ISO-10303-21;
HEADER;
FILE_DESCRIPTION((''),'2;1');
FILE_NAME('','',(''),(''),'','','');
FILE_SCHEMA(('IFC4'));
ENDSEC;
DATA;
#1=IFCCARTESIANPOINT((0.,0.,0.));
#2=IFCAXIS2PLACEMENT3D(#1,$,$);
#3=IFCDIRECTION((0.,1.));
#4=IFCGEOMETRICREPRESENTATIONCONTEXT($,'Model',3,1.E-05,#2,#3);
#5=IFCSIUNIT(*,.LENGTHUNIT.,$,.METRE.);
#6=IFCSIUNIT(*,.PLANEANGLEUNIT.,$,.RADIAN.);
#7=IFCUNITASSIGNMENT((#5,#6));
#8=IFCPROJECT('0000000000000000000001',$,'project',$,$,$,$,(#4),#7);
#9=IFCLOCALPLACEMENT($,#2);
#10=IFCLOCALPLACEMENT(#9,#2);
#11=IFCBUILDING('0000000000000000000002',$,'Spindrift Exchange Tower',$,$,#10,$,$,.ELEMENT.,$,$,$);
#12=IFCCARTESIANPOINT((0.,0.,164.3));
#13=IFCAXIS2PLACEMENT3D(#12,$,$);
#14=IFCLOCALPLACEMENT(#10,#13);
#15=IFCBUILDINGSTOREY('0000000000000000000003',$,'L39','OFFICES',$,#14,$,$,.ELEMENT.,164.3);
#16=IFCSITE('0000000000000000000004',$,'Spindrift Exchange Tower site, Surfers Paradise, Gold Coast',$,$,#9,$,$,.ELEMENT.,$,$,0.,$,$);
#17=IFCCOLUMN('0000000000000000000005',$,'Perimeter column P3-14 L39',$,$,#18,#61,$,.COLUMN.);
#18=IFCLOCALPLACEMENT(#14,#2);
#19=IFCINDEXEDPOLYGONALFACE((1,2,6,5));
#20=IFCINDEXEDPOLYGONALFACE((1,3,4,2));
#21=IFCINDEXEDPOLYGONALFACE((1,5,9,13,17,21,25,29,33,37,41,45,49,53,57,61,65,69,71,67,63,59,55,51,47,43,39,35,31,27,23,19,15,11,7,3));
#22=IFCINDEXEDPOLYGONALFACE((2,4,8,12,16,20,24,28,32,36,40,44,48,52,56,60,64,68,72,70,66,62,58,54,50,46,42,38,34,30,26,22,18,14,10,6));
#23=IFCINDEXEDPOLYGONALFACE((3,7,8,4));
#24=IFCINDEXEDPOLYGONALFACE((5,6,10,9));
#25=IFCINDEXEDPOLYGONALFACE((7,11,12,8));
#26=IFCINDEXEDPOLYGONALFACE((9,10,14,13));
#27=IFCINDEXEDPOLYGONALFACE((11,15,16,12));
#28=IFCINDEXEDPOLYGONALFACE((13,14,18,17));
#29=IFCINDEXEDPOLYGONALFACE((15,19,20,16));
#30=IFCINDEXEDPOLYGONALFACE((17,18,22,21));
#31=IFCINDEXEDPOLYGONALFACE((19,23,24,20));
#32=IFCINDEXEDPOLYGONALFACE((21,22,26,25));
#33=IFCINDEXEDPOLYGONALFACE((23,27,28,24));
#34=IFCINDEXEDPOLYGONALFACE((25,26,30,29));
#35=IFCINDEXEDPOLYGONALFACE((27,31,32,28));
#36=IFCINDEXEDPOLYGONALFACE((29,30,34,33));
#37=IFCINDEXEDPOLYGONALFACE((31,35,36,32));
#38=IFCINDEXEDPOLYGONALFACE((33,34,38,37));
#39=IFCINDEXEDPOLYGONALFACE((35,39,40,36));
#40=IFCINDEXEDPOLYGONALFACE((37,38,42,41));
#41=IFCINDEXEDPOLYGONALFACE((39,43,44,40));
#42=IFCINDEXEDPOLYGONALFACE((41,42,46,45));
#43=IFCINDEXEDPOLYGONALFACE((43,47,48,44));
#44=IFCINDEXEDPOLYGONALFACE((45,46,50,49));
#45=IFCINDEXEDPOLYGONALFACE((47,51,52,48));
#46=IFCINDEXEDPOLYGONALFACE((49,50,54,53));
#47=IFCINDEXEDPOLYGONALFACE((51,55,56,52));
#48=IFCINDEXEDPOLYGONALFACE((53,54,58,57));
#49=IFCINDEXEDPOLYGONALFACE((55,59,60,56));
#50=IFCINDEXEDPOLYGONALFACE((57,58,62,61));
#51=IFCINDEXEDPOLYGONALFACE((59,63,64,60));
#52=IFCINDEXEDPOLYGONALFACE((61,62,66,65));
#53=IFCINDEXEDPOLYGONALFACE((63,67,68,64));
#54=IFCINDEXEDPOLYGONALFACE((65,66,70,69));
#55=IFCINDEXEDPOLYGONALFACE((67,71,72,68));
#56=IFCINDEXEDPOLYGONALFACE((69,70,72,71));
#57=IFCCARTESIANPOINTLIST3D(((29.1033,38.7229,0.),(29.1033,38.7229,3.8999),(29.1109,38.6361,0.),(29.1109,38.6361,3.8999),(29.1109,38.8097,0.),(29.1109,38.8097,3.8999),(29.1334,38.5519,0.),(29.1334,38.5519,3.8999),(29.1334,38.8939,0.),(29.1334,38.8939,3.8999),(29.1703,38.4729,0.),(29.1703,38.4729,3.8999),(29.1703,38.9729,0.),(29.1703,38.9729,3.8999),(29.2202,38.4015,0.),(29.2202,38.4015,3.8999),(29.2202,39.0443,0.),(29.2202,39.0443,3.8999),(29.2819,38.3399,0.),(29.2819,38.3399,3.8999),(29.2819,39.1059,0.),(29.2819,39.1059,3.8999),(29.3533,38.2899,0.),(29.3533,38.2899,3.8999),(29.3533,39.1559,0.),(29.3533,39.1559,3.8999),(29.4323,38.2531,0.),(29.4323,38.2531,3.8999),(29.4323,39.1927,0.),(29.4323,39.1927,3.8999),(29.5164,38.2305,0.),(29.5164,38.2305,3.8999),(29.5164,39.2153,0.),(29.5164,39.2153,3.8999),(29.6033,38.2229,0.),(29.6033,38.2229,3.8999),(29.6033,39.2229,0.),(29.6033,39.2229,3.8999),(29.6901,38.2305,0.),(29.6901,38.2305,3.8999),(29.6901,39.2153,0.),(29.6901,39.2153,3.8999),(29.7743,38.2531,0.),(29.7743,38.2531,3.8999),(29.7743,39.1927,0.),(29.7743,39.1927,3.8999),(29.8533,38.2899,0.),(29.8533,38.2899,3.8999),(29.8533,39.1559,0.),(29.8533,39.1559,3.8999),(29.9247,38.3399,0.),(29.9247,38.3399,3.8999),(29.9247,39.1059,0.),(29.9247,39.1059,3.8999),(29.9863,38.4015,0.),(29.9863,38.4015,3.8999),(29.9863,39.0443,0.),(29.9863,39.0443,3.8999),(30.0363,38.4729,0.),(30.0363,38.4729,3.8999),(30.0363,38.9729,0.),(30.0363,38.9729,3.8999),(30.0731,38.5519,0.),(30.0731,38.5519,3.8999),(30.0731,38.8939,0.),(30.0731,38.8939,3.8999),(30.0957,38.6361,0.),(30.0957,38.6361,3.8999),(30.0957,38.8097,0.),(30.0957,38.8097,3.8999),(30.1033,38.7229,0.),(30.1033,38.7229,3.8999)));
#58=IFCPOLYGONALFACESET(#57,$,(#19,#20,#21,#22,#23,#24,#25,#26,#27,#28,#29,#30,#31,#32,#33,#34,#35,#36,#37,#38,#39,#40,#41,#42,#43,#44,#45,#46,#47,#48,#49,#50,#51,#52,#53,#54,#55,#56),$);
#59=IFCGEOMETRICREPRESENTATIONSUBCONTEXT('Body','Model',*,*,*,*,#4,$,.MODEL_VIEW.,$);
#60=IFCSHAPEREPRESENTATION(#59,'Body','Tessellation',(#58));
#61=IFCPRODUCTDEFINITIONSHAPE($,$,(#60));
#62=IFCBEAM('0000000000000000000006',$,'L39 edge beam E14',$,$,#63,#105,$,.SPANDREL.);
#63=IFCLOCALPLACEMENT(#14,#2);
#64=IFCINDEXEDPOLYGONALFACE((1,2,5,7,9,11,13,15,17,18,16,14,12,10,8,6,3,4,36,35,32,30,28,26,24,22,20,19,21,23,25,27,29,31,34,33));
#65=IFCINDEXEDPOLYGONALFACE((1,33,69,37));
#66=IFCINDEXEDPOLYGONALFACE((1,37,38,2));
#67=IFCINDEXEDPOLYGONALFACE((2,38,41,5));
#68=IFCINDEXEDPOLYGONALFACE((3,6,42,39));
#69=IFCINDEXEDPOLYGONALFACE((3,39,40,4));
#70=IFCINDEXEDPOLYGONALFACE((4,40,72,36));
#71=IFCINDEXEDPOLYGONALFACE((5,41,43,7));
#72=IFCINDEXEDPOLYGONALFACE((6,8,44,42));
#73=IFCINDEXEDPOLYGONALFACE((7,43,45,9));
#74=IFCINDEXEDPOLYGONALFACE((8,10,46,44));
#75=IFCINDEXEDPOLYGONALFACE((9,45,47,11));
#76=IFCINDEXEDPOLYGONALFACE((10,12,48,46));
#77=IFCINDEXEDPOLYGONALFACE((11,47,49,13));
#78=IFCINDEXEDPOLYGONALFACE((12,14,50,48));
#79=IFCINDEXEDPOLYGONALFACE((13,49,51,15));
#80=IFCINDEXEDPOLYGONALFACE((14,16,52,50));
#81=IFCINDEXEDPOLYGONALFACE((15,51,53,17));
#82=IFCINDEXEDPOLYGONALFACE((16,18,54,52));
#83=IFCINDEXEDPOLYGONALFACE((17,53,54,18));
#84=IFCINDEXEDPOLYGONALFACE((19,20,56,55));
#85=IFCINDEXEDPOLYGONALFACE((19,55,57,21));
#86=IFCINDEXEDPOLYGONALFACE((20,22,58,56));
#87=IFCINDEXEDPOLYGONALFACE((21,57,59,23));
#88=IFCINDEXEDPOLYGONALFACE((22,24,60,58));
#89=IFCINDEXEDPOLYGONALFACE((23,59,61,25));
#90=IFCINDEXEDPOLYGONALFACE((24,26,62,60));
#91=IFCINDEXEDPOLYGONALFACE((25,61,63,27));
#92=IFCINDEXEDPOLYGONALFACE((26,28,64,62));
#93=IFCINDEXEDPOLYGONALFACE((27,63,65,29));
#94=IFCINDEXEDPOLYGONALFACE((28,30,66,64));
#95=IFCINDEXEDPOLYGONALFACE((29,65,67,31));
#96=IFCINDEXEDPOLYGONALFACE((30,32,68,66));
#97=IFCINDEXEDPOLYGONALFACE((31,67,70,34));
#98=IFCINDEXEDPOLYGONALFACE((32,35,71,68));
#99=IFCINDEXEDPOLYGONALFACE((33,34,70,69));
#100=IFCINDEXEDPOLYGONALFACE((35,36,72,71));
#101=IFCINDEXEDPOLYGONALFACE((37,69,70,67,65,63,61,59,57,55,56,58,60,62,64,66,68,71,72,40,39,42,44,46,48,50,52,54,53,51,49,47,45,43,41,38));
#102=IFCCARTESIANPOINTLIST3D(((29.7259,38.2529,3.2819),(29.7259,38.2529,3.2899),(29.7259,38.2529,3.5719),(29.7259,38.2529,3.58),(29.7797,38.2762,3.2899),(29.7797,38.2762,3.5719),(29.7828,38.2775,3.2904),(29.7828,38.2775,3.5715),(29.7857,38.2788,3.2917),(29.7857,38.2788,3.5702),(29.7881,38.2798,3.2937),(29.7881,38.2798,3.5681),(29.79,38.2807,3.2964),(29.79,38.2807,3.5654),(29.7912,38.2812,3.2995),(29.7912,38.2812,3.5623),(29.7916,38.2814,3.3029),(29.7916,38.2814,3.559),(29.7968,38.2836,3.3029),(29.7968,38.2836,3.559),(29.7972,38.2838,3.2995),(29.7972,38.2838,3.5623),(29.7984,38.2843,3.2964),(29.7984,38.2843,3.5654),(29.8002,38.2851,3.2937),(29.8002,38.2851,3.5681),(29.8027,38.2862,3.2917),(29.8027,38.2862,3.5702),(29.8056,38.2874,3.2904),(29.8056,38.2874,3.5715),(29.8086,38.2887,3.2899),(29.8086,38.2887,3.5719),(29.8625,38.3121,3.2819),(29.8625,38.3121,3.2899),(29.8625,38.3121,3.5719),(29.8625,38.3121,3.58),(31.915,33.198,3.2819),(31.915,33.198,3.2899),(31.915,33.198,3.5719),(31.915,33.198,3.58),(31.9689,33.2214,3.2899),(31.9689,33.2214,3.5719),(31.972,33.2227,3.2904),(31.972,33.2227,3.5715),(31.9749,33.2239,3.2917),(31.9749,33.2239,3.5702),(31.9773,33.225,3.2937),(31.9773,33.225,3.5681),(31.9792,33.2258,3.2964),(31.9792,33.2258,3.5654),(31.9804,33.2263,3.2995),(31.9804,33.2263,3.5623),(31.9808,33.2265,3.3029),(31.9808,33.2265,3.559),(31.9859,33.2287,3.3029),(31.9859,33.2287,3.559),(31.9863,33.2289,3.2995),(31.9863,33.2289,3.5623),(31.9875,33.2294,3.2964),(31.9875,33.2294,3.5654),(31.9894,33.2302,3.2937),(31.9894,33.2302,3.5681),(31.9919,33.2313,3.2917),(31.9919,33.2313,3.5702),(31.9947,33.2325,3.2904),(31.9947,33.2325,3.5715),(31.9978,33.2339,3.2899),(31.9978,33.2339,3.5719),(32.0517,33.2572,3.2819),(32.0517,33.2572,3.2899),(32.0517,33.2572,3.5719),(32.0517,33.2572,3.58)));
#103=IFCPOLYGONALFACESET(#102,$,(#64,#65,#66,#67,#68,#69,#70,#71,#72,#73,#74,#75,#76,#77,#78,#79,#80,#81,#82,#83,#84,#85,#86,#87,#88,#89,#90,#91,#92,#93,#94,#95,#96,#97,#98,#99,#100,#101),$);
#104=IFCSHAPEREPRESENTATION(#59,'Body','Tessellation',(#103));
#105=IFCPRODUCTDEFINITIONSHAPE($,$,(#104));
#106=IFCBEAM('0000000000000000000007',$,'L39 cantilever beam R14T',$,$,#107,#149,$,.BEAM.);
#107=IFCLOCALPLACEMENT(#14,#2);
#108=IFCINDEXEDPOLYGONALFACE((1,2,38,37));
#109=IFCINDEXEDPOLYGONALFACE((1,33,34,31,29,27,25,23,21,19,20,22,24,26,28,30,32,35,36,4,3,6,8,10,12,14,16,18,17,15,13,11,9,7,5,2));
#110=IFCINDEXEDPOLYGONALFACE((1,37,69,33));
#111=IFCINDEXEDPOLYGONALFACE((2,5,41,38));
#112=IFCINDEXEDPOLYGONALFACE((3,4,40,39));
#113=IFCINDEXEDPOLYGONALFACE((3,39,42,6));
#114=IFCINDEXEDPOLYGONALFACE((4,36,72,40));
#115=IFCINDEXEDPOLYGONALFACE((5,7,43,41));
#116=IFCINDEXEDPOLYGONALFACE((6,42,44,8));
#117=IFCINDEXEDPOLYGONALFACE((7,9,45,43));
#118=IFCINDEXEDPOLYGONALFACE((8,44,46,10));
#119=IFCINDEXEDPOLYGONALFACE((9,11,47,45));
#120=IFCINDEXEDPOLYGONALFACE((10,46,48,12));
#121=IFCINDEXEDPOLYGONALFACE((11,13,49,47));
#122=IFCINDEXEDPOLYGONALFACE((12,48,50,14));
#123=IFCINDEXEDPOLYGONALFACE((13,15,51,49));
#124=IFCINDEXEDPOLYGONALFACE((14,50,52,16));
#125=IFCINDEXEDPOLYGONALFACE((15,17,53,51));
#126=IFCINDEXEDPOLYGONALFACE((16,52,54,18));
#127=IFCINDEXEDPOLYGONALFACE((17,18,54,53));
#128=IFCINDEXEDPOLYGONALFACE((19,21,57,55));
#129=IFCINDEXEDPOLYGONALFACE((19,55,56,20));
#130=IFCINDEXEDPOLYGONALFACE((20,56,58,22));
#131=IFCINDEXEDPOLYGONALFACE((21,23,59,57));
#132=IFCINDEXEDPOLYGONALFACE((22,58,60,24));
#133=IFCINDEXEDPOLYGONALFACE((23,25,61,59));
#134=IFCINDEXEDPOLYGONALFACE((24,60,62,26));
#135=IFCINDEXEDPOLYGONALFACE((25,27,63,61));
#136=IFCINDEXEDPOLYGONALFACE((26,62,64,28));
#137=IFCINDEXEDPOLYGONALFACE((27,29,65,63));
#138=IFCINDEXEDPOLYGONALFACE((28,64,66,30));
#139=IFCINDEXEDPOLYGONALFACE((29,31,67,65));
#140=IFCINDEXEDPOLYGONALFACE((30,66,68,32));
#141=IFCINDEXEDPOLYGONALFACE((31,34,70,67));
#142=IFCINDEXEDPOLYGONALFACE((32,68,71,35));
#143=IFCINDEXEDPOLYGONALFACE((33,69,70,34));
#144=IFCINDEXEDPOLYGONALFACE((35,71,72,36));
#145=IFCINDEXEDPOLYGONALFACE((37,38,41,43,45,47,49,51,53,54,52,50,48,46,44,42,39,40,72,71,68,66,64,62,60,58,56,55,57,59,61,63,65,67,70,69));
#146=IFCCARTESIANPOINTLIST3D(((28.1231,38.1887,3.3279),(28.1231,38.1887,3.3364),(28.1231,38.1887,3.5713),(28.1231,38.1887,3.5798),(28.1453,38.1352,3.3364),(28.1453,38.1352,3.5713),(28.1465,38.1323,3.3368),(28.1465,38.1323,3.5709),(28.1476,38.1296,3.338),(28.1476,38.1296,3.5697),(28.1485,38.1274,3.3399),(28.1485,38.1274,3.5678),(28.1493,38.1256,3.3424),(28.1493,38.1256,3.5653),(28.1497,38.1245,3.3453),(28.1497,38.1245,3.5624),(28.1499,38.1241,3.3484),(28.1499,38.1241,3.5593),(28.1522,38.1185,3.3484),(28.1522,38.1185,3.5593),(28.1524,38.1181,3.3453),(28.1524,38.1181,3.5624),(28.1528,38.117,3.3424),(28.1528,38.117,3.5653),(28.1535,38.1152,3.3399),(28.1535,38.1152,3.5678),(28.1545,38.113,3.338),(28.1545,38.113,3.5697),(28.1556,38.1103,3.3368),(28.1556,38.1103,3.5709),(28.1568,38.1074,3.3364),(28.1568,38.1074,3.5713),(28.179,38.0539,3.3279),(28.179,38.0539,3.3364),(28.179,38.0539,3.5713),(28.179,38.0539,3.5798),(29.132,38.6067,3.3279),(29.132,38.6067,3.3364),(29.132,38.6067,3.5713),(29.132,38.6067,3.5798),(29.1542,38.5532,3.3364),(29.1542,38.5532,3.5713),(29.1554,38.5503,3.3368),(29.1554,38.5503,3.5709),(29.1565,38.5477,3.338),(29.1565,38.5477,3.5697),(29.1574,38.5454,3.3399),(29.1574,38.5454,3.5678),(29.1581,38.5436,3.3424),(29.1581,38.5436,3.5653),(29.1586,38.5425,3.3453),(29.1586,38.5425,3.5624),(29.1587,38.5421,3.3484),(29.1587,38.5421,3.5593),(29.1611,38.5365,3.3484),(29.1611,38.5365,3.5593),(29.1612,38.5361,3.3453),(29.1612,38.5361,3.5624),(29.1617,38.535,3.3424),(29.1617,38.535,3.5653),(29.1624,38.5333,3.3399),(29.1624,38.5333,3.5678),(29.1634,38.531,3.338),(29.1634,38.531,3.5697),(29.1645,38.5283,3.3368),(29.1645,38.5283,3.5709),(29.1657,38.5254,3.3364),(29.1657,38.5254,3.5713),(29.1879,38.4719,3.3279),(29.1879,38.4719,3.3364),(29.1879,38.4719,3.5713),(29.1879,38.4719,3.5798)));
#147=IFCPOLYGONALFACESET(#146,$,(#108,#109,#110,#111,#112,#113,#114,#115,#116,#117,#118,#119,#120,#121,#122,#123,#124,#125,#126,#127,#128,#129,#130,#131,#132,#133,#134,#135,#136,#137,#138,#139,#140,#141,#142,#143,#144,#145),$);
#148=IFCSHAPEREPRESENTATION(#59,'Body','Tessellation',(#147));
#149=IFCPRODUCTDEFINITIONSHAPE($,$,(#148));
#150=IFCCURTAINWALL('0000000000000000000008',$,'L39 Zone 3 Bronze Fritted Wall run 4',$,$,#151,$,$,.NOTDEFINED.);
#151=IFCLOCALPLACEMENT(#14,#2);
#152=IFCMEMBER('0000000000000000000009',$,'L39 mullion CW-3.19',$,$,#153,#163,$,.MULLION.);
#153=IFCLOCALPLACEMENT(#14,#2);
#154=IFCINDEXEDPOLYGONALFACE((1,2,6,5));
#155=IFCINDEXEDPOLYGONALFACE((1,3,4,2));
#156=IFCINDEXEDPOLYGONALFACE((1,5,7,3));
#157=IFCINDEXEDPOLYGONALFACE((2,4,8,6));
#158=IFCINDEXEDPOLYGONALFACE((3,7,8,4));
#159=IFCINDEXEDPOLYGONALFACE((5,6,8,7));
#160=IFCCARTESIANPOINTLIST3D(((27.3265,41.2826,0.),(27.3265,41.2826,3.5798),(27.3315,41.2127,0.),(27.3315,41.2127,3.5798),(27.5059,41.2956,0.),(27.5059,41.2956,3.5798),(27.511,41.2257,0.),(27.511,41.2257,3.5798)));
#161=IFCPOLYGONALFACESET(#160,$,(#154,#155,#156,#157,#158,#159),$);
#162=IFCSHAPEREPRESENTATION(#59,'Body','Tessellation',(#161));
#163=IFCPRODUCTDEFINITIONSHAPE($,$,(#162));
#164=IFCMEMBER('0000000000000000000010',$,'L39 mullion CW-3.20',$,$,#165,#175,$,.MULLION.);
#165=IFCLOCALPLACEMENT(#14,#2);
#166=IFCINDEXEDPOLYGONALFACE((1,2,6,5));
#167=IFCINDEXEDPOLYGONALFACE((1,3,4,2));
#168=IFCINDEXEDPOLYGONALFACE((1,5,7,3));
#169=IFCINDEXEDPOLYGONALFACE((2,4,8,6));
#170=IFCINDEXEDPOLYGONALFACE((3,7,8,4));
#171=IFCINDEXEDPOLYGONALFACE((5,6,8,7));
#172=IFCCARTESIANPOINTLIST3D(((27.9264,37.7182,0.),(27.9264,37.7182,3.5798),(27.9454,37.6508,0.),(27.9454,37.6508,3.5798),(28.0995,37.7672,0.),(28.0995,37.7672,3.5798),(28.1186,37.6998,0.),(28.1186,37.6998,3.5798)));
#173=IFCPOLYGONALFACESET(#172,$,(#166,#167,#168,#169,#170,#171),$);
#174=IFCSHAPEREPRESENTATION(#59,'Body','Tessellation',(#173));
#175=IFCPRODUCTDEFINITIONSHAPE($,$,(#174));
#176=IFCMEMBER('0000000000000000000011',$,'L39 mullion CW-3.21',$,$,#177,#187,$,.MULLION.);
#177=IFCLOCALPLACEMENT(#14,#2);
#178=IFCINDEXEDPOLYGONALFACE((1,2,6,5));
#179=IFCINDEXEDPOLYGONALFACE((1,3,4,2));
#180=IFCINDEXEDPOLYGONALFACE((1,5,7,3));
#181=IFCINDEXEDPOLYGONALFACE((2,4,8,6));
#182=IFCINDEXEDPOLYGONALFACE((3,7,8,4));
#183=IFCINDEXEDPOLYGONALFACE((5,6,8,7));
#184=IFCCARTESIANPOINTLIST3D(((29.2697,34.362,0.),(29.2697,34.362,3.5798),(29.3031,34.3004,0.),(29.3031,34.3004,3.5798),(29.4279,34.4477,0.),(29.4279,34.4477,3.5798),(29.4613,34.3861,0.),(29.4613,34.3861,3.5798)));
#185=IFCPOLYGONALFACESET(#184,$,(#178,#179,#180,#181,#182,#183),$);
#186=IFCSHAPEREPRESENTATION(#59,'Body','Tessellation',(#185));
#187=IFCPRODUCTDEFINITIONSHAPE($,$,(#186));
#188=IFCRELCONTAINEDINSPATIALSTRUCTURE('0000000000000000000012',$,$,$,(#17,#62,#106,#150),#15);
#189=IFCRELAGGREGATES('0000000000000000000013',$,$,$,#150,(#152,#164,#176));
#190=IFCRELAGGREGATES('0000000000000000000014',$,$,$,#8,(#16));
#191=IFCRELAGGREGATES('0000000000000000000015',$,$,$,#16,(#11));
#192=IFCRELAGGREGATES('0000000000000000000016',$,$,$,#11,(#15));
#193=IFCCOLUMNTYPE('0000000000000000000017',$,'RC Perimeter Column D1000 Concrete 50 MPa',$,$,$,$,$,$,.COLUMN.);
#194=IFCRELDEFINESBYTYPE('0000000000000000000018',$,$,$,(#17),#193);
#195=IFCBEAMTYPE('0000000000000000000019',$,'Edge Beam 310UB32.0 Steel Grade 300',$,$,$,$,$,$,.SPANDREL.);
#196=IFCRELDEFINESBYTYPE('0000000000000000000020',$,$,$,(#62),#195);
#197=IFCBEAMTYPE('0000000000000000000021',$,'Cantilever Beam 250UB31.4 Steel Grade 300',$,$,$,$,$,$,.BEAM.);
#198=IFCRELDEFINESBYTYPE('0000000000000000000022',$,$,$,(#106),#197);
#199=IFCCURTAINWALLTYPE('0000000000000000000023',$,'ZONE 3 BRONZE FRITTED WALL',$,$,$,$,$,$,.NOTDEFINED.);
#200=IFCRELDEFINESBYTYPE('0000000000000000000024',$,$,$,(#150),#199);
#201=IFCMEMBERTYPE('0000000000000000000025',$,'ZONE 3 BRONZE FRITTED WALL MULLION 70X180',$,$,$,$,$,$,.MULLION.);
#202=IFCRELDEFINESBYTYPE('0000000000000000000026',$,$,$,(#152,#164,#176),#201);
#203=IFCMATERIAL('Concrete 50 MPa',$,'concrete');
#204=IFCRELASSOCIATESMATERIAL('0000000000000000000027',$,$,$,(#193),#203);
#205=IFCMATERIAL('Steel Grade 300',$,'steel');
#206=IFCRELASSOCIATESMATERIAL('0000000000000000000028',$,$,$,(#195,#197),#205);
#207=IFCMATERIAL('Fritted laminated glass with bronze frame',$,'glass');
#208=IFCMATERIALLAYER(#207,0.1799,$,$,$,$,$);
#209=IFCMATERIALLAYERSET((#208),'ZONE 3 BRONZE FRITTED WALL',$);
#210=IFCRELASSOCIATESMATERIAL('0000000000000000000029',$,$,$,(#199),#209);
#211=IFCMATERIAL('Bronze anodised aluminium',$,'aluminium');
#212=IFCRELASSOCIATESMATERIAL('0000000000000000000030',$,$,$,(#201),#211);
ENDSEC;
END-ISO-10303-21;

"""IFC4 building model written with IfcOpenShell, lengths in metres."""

from ifc_helpers import new_model, si_unit, direction, frame, origin, origin_2d, place, context, subcontext, project, spatial, rectangle, circle, i_section, extrude, source, transform, mapped, material, layer, layer_set, material_profile, profile_set, type_object, element, aggregate, save


model = new_model("IFC4")

# Units and contexts
model_context = context("Model", 3, precision=1e-05, world=origin(), true_north=direction((0.0, 1.0)))
body_context = subcontext(model_context, "Body", "Model", "MODEL_VIEW")
ifc_project = project(units=[si_unit("LENGTHUNIT", "METRE"), si_unit("PLANEANGLEUNIT", "RADIAN")], contexts=[model_context])

# Site, building, storey
site_placement = place(None, origin())
site = spatial("IfcSite", under=ifc_project, at=site_placement, Name="Spindrift Exchange Tower site, Surfers Paradise, Gold Coast", CompositionType="ELEMENT", RefElevation=0.0)
building_placement = place(site_placement, origin())
building = spatial("IfcBuilding", under=site, at=building_placement, Name="Spindrift Exchange Tower", CompositionType="ELEMENT")
storey_placement = place(building_placement, frame((0.0, 0.0, 164.3)))
storey = spatial("IfcBuildingStorey", under=building, at=storey_placement, Name="L39", Description="OFFICES", CompositionType="ELEMENT", Elevation=164.3)

# Column
ifc_material_1 = material(Name="Concrete 50 MPa", Category="concrete")
ifc_material_profile_1 = material_profile(ifc_material_1, circle(Radius=0.5, at=origin_2d()), Name="RC D1000")
ifc_profile_set_1 = profile_set([ifc_material_profile_1], Name="Concrete 50 MPa")
column_type = type_object("IfcColumnType", Name="RC Perimeter Column D1000 Concrete 50 MPa", PredefinedType="COLUMN", material=ifc_profile_set_1)
shared_shape_1 = source(origin(), body_context, "Body", "SweptSolid", [
    extrude(circle(Radius=0.5, at=origin_2d()), origin(), (0.0, 0.0, 1.0), 3.8999),
])
column_placement = place(storey_placement, frame((29.6033, 38.7229, 0.0), z_axis=(0.0, 0.0, 1.0), x_axis=(1.0, 0.0, 0.0)))
element("IfcColumn", 1, at=column_placement, inside=storey, type_object=column_type, Name="Perimeter column P3-14 L39", PredefinedType="COLUMN", context=body_context, shape_type="MappedRepresentation", body=[
    mapped(shared_shape_1, transform((0.0, 0.0, 0.0), scale=1.0)),
])

# Beams
ifc_material_2 = material(Name="Steel Grade 300", Category="steel")
ifc_material_profile_2 = material_profile(ifc_material_2, i_section(OverallWidth=0.1489, OverallDepth=0.2981, WebThickness=0.0056, FlangeThickness=0.0081, FilletRadius=0.0129, at=origin_2d()), Name="310UB32.0")
ifc_profile_set_2 = profile_set([ifc_material_profile_2], Name="Steel Grade 300")
beam_type_1 = type_object("IfcBeamType", Name="Edge Beam 310UB32.0 Steel Grade 300", PredefinedType="SPANDREL", material=ifc_profile_set_2)
shared_shape_2 = source(origin(), body_context, "Body", "SweptSolid", [
    extrude(i_section(OverallWidth=0.1489, OverallDepth=0.2981, WebThickness=0.0056, FlangeThickness=0.0081, FilletRadius=0.0129, at=origin_2d()), origin(), (0.0, 0.0, 1.0), 5.5085),
])
beam_1_placement = place(storey_placement, frame((29.7942, 38.2825, 3.4309), z_axis=(0.397415, -0.917639, 0.0), x_axis=(0.917639, 0.397415, 0.0)))
element("IfcBeam", 2, at=beam_1_placement, inside=storey, type_object=beam_type_1, Name="L39 edge beam E14", PredefinedType="SPANDREL", context=body_context, shape_type="MappedRepresentation", body=[
    mapped(shared_shape_2, transform((0.0, 0.0, 0.0), scale=1.0)),
])
ifc_material_profile_3 = material_profile(ifc_material_2, i_section(OverallWidth=0.146, OverallDepth=0.252, WebThickness=0.0061, FlangeThickness=0.0085, FilletRadius=0.012, at=origin_2d()), Name="250UB31.4")
ifc_profile_set_3 = profile_set([ifc_material_profile_3], Name="Steel Grade 300")
beam_type_2 = type_object("IfcBeamType", Name="Cantilever Beam 250UB31.4 Steel Grade 300", PredefinedType="BEAM", material=ifc_profile_set_3)
shared_shape_3 = source(origin(), body_context, "Body", "SweptSolid", [
    extrude(i_section(OverallWidth=0.146, OverallDepth=0.252, WebThickness=0.0061, FlangeThickness=0.0085, FilletRadius=0.012, at=origin_2d()), origin(), (0.0, 0.0, 1.0), 1.092),
])
beam_2_placement = place(storey_placement, frame((29.1599, 38.5393, 3.4539), z_axis=(-0.923842, -0.382773, 0.0), x_axis=(0.382773, -0.923842, 0.0)))
element("IfcBeam", 3, at=beam_2_placement, inside=storey, type_object=beam_type_2, Name="L39 cantilever beam R14T", PredefinedType="BEAM", context=body_context, shape_type="MappedRepresentation", body=[
    mapped(shared_shape_3, transform((0.0, 0.0, 0.0), scale=1.0)),
])

# Curtain wall, members
ifc_material_3 = material(Name="Fritted laminated glass with bronze frame", Category="glass")
ifc_layer_1 = layer(ifc_material_3, 0.1799)
ifc_layer_set_1 = layer_set([ifc_layer_1], Name="ZONE 3 BRONZE FRITTED WALL")
curtain_wall_type = type_object("IfcCurtainWallType", Name="ZONE 3 BRONZE FRITTED WALL", PredefinedType="NOTDEFINED", material=ifc_layer_set_1)
curtain_wall_1_placement = place(storey_placement, origin())
curtain_wall_1 = element("IfcCurtainWall", 4, at=curtain_wall_1_placement, inside=storey, type_object=curtain_wall_type, Name="L39 Zone 3 Bronze Fritted Wall run 4", PredefinedType="NOTDEFINED")
ifc_material_4 = material(Name="Bronze anodised aluminium", Category="aluminium")
ifc_material_profile_4 = material_profile(ifc_material_4, rectangle(XDim=0.0701, YDim=0.1799, at=origin_2d()), Name="ZONE 3 BRONZE FRITTED WALL MULLION 70X180")
ifc_profile_set_4 = profile_set([ifc_material_profile_4], Name="Bronze anodised aluminium")
member_type_1 = type_object("IfcMemberType", Name="ZONE 3 BRONZE FRITTED WALL MULLION 70X180", PredefinedType="MULLION", material=ifc_profile_set_4)
shared_shape_4 = source(origin(), body_context, "Body", "SweptSolid", [
    extrude(rectangle(XDim=0.0701, YDim=0.1799, at=origin_2d()), origin(), (0.0, 0.0, 1.0), 3.5798),
])
member_1_placement = place(storey_placement, frame((27.4187, 41.2542, 0.0), z_axis=(0.0, 0.0, 1.0), x_axis=(0.071857, -0.997415, 0.0)))
member_1 = element("IfcMember", 5, at=member_1_placement, type_object=member_type_1, Name="L39 mullion CW-3.19", PredefinedType="MULLION", context=body_context, shape_type="MappedRepresentation", body=[
    mapped(shared_shape_4, transform((0.0, 0.0, 0.0), scale=1.0)),
])
member_2_placement = place(storey_placement, frame((28.0225, 37.709, 0.0), z_axis=(0.0, 0.0, 1.0), x_axis=(0.272302, -0.962212, 0.0)))
member_2 = element("IfcMember", 6, at=member_2_placement, type_object=member_type_1, Name="L39 mullion CW-3.20", PredefinedType="MULLION", context=body_context, shape_type="MappedRepresentation", body=[
    mapped(shared_shape_4, transform((0.0, 0.0, 0.0), scale=1.0)),
])
member_3_placement = place(storey_placement, frame((29.3655, 34.374, 0.0), z_axis=(0.0, 0.0, 1.0), x_axis=(0.476278, -0.879295, 0.0)))
member_3 = element("IfcMember", 7, at=member_3_placement, type_object=member_type_1, Name="L39 mullion CW-3.21", PredefinedType="MULLION", context=body_context, shape_type="MappedRepresentation", body=[
    mapped(shared_shape_4, transform((0.0, 0.0, 0.0), scale=1.0)),
])

aggregate(curtain_wall_1, [member_1, member_2, member_3])

save(model, "model.ifc")
